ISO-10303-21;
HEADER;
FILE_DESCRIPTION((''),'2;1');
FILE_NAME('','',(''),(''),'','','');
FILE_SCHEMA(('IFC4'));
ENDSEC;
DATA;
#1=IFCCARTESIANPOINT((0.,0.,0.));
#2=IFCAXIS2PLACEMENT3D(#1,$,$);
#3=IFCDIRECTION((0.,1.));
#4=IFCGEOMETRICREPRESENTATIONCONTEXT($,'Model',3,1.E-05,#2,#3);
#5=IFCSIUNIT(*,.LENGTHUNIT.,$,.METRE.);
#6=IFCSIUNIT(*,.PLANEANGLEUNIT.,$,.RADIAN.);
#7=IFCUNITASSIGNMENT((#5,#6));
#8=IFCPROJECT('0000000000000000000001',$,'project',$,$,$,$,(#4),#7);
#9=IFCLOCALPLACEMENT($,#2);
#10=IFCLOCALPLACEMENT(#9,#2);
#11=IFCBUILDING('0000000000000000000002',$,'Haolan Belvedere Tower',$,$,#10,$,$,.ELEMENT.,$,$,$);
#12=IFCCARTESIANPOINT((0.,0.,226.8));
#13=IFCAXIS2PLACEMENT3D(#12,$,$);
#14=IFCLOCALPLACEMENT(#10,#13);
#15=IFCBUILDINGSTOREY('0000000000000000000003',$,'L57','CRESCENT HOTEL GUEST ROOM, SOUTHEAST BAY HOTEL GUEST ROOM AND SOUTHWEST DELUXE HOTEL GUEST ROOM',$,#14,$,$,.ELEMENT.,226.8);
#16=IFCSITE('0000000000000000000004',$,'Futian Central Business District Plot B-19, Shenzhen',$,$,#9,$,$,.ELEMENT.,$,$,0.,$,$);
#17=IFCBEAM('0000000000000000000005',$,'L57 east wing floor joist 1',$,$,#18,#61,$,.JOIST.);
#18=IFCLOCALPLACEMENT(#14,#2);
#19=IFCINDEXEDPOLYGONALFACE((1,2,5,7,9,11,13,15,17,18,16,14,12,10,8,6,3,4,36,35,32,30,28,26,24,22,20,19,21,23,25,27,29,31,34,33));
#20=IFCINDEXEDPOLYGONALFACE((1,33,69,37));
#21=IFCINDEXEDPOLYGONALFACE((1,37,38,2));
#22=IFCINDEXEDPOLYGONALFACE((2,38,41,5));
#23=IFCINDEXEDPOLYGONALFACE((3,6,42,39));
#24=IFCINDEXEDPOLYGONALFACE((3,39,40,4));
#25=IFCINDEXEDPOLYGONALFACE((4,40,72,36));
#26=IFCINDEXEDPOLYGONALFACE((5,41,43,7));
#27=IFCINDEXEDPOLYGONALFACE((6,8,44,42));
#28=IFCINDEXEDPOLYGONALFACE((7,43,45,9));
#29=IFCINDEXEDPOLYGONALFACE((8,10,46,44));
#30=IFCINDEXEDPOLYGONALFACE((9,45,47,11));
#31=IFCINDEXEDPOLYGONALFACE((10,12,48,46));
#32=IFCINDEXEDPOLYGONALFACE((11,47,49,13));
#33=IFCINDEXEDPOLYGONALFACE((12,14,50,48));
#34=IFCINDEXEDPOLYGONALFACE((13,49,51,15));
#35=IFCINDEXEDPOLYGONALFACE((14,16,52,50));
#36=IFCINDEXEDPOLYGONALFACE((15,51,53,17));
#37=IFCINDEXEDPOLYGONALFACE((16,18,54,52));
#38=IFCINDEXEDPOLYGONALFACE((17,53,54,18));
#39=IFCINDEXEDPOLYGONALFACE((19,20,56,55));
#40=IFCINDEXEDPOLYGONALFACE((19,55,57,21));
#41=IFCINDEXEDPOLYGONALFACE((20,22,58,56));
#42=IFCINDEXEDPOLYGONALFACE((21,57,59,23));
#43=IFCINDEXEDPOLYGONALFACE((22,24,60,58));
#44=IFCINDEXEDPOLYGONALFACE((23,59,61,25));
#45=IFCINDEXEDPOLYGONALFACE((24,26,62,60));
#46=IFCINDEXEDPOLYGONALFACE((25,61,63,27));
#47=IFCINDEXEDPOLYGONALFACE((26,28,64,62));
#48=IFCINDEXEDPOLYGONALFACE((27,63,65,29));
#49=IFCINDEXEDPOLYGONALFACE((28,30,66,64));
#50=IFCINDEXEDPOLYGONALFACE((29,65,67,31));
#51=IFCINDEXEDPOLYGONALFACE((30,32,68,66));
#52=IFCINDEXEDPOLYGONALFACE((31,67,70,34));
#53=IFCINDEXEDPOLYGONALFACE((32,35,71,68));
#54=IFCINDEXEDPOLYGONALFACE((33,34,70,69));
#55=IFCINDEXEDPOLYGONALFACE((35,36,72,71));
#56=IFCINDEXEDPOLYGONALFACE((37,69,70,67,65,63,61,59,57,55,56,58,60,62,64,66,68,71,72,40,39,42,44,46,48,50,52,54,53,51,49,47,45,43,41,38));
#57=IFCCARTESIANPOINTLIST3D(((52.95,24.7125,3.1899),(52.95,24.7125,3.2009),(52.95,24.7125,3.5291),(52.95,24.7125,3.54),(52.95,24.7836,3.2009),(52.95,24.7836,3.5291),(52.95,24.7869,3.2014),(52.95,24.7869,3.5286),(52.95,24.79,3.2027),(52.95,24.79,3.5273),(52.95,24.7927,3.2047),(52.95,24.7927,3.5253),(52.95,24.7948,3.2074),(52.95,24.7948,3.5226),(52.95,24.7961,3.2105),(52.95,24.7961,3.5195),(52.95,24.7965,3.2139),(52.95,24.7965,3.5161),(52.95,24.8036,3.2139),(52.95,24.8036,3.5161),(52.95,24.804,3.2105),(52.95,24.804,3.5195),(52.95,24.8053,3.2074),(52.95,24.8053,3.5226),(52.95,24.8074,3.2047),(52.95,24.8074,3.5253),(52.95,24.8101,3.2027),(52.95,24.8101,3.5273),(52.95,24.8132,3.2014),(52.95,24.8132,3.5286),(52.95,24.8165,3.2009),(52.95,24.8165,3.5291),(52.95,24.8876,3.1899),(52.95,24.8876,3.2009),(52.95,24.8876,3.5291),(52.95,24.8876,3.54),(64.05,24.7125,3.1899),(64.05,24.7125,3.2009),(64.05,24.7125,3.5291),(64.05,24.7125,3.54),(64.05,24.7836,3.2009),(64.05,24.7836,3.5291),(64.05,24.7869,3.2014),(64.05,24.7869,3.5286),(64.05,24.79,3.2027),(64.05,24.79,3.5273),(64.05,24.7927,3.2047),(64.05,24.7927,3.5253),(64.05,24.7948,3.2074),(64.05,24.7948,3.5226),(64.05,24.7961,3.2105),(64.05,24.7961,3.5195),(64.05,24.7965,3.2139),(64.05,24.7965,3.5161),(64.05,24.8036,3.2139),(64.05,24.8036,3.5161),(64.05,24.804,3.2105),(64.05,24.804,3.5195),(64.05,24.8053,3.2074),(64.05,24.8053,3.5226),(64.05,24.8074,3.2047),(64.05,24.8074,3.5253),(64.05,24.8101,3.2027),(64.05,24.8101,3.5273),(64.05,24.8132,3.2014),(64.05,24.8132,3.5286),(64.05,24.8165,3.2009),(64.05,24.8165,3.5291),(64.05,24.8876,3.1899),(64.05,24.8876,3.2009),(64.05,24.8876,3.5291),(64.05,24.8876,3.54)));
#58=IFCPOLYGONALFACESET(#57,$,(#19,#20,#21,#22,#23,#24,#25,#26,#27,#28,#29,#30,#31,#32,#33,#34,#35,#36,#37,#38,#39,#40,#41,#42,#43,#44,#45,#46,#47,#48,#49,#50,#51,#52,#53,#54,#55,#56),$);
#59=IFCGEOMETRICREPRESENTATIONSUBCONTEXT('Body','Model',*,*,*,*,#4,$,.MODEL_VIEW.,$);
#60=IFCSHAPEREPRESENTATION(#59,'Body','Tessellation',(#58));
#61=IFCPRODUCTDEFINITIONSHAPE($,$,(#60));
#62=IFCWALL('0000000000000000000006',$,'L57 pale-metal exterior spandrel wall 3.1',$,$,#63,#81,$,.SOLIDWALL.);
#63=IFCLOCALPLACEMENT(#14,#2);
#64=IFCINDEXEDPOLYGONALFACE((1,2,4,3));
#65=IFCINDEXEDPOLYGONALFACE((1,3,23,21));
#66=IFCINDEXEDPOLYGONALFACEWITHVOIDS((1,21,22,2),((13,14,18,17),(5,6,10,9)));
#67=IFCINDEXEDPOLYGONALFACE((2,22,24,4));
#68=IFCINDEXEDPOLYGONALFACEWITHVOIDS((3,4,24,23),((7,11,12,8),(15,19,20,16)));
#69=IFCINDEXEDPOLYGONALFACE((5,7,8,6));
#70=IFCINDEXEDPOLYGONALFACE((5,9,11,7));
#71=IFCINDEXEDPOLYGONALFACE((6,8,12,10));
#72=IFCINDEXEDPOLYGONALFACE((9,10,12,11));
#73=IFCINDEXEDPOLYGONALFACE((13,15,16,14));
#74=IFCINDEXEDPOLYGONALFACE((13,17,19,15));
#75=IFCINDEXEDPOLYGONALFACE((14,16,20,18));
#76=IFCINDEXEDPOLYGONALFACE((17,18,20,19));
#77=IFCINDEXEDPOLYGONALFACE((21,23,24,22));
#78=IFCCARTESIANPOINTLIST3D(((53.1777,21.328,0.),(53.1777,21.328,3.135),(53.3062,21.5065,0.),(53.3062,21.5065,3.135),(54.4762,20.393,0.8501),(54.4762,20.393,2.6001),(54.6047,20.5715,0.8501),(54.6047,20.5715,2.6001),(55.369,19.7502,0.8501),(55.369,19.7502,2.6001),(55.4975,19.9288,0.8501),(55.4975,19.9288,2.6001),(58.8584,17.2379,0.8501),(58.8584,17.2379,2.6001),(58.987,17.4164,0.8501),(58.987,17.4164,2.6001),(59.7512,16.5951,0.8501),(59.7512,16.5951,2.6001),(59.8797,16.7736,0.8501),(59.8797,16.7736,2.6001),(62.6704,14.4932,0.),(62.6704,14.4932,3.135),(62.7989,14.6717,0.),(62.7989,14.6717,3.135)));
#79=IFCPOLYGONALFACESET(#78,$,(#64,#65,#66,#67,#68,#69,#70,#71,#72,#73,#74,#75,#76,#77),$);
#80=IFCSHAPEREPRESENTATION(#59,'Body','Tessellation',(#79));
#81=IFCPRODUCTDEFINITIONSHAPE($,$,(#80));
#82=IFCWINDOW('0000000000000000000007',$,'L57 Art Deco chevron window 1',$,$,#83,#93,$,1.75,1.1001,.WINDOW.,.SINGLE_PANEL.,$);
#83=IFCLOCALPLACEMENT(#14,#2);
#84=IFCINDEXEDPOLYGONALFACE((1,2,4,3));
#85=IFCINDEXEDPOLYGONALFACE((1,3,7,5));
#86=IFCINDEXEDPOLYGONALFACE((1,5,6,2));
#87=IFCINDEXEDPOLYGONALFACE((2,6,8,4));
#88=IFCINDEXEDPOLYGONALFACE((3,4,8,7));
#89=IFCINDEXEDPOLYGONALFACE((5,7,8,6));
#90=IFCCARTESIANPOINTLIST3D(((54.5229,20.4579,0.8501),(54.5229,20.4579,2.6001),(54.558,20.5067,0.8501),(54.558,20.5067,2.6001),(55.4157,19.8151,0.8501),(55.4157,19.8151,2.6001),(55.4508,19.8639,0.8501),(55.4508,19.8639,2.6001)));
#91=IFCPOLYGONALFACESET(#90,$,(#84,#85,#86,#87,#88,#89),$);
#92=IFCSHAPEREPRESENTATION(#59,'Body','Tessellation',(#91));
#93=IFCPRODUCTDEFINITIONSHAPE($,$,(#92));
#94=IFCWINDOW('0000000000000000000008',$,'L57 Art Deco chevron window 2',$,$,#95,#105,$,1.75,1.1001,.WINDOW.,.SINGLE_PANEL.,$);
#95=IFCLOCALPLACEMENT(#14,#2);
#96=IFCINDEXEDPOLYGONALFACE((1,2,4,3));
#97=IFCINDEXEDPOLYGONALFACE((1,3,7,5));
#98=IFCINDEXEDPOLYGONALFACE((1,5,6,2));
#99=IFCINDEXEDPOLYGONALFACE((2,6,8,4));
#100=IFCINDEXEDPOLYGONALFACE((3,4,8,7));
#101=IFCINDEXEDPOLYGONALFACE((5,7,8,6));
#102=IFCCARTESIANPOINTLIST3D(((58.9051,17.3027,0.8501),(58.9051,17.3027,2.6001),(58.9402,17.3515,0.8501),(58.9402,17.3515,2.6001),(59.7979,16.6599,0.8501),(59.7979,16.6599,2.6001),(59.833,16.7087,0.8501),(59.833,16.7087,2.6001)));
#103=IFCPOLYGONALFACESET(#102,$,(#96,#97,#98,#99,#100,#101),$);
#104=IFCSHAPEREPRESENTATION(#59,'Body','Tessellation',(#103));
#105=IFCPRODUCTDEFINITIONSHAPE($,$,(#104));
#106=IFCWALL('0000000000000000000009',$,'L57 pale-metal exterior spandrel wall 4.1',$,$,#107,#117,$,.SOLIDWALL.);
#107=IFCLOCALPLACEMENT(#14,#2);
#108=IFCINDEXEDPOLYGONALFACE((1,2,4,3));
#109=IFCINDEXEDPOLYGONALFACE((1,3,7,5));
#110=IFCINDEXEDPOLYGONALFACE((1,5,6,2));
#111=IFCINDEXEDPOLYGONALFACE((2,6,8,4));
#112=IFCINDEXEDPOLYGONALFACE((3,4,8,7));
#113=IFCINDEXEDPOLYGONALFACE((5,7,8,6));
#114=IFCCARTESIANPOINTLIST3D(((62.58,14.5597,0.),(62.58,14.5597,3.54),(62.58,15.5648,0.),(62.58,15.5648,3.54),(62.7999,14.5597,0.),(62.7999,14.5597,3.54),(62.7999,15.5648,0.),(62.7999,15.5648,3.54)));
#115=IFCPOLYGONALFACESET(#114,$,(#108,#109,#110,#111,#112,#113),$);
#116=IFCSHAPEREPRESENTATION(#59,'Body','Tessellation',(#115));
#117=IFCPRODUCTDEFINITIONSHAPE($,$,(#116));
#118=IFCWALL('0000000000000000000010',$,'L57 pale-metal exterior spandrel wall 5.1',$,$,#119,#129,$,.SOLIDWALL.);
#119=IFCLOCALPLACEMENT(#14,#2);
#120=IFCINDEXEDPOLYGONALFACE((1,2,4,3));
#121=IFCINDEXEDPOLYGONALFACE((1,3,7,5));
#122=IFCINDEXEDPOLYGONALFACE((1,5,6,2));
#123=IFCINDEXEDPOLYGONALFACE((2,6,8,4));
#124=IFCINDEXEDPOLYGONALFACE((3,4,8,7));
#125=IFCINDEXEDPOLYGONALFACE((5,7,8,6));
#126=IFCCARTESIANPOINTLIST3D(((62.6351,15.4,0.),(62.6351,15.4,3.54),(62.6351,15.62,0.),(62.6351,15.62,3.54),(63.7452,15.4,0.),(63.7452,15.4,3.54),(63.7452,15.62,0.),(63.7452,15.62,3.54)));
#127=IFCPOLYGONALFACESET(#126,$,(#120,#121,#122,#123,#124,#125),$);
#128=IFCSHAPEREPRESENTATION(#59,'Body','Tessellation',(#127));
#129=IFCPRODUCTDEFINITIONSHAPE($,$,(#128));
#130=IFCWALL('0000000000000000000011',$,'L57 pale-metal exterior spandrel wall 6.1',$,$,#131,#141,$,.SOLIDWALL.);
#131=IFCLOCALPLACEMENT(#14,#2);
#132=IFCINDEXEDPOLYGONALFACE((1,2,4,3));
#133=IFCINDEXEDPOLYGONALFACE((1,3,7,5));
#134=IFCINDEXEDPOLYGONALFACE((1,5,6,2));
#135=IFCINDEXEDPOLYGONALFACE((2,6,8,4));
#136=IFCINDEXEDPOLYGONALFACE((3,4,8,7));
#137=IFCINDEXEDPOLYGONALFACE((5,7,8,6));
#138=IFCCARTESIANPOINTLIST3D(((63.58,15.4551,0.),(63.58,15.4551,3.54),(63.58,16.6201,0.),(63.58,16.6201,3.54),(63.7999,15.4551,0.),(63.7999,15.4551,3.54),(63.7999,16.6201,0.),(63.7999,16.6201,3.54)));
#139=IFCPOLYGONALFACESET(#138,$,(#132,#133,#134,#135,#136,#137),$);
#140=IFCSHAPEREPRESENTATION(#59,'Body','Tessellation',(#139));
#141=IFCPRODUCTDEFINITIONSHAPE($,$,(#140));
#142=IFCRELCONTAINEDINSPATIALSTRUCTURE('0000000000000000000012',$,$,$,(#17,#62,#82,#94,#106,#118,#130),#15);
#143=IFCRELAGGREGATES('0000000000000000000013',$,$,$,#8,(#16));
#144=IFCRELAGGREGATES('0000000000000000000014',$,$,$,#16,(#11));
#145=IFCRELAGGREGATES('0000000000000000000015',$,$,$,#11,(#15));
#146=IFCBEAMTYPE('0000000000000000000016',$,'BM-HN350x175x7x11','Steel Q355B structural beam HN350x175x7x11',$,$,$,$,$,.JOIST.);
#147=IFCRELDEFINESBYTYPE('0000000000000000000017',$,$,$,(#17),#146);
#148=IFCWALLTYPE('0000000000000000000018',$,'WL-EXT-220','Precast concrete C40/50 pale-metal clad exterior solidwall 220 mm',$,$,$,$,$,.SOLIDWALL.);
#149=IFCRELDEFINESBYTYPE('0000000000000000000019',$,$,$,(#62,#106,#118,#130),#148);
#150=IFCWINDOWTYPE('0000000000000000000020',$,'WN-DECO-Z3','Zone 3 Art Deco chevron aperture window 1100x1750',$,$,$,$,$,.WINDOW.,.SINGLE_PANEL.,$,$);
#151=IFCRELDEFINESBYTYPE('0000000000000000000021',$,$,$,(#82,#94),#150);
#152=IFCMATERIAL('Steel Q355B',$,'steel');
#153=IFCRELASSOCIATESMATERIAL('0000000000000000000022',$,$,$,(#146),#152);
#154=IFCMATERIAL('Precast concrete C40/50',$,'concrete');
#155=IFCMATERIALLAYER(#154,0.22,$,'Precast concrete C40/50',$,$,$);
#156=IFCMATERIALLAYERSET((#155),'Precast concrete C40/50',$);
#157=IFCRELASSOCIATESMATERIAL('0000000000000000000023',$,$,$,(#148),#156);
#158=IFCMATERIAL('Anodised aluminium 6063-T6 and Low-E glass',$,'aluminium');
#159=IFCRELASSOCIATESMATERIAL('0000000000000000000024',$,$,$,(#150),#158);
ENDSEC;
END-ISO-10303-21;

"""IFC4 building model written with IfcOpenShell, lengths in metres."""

from ifc_helpers import new_model, si_unit, direction, frame, frame_2d, origin, origin_2d, place, context, subcontext, project, spatial, rectangle, i_section, extrude, material, layer, layer_set, material_profile, profile_set, type_object, element, fill, save


model = new_model("IFC4")

# Units and contexts
model_context = context("Model", 3, precision=1e-05, world=origin(), true_north=direction((0.0, 1.0)))
body_context = subcontext(model_context, "Body", "Model", "MODEL_VIEW")
ifc_project = project(units=[si_unit("LENGTHUNIT", "METRE"), si_unit("PLANEANGLEUNIT", "RADIAN")], contexts=[model_context])

# Site, building, storey
site_placement = place(None, origin())
site = spatial("IfcSite", under=ifc_project, at=site_placement, Name="Futian Central Business District Plot B-19, Shenzhen", CompositionType="ELEMENT", RefElevation=0.0)
building_placement = place(site_placement, origin())
building = spatial("IfcBuilding", under=site, at=building_placement, Name="Haolan Belvedere Tower", CompositionType="ELEMENT")
storey_placement = place(building_placement, frame((0.0, 0.0, 226.8)))
storey = spatial("IfcBuildingStorey", under=building, at=storey_placement, Name="L57", Description="CRESCENT HOTEL GUEST ROOM, SOUTHEAST BAY HOTEL GUEST ROOM AND SOUTHWEST DELUXE HOTEL GUEST ROOM", CompositionType="ELEMENT", Elevation=226.8)

# Beam
ifc_material_1 = material(Name="Steel Q355B", Category="steel")
ifc_material_profile_1 = material_profile(ifc_material_1, i_section(OverallWidth=0.175, OverallDepth=0.3501, WebThickness=0.0071, FlangeThickness=0.011, FilletRadius=0.0129, at=origin_2d()), Name="Steel Q355B")
ifc_profile_set_1 = profile_set([ifc_material_profile_1], Name="Steel Q355B")
beam_type_1 = type_object("IfcBeamType", Name="BM-HN350x175x7x11", Description="Steel Q355B structural beam HN350x175x7x11", PredefinedType="JOIST", material=ifc_profile_set_1)
beam_1_placement = place(storey_placement, frame((52.95, 24.8, 3.365), z_axis=(1.0, 0.0, 0.0), x_axis=(0.0, 1.0, 0.0)))
element("IfcBeam", 1, at=beam_1_placement, inside=storey, type_object=beam_type_1, Name="L57 east wing floor joist 1", PredefinedType="JOIST", context=body_context, shape_type="SweptSolid", body=[
    extrude(i_section(OverallWidth=0.175, OverallDepth=0.3501, WebThickness=0.0071, FlangeThickness=0.011, FilletRadius=0.0129, at=origin_2d()), origin(), (0.0, 0.0, 1.0), 11.1001),
])

# Wall, openings, windows
ifc_material_2 = material(Name="Precast concrete C40/50", Category="concrete")
ifc_layer_1 = layer(ifc_material_2, 0.22, Name="Precast concrete C40/50")
ifc_layer_set_1 = layer_set([ifc_layer_1], Name="Precast concrete C40/50")
wall_type_1 = type_object("IfcWallType", Name="WL-EXT-220", Description="Precast concrete C40/50 pale-metal clad exterior solidwall 220 mm", PredefinedType="SOLIDWALL", material=ifc_layer_set_1)
wall_1_placement = place(storey_placement, frame((53.2419, 21.4172, 0.0), z_axis=(0.0, 0.0, 1.0), x_axis=(0.811535, -0.584304, 0.0)))
wall_1 = element("IfcWall", 2, at=wall_1_placement, inside=storey, type_object=wall_type_1, Name="L57 pale-metal exterior spandrel wall 3.1", PredefinedType="SOLIDWALL", context=body_context, shape_type="SweptSolid", body=[
    extrude(rectangle(XDim=11.6973, YDim=0.22, at=frame_2d((5.8486, 0.0))), origin(), (0.0, 0.0, 1.0), 3.135),
])
opening_1_placement = place(wall_1_placement, frame((1.6001, 0.0, 0.8501)))
opening_1 = element("IfcOpeningElement", 3, at=opening_1_placement, cuts=wall_1, PredefinedType="OPENING", context=body_context, shape_type="SweptSolid", body=[
    extrude(rectangle(XDim=1.1001, YDim=1.75, at=frame_2d((0.55, 0.875))), frame((0.0, 0.1199, 0.0), z_axis=(0.0, -1.0, 0.0), x_axis=(1.0, 0.0, 0.0)), (0.0, 0.0, 1.0), 0.24),
])
opening_2_placement = place(wall_1_placement, frame((7.0, 0.0, 0.8501)))
opening_2 = element("IfcOpeningElement", 4, at=opening_2_placement, cuts=wall_1, PredefinedType="OPENING", context=body_context, shape_type="SweptSolid", body=[
    extrude(rectangle(XDim=1.1001, YDim=1.75, at=frame_2d((0.55, 0.875))), frame((0.0, 0.1199, 0.0), z_axis=(0.0, -1.0, 0.0), x_axis=(1.0, 0.0, 0.0)), (0.0, 0.0, 1.0), 0.24),
])
ifc_material_3 = material(Name="Anodised aluminium 6063-T6 and Low-E glass", Category="aluminium")
window_type = type_object("IfcWindowType", Name="WN-DECO-Z3", Description="Zone 3 Art Deco chevron aperture window 1100x1750", PartitioningType="SINGLE_PANEL", PredefinedType="WINDOW", material=ifc_material_3)
window_1_placement = place(opening_1_placement, origin())
window_1 = element("IfcWindow", 5, at=window_1_placement, inside=storey, type_object=window_type, Name="L57 Art Deco chevron window 1", OverallHeight=1.75, OverallWidth=1.1001, PartitioningType="SINGLE_PANEL", PredefinedType="WINDOW", context=body_context, shape_type="SweptSolid", body=[
    extrude(rectangle(XDim=1.1001, YDim=1.75, at=frame_2d((0.55, 0.875))), frame((0.0, 0.03, 0.0), z_axis=(0.0, -1.0, 0.0), x_axis=(1.0, 0.0, 0.0)), (0.0, 0.0, 1.0), 0.0601),
])
fill(opening_1, window_1)
window_2_placement = place(opening_2_placement, origin())
window_2 = element("IfcWindow", 6, at=window_2_placement, inside=storey, type_object=window_type, Name="L57 Art Deco chevron window 2", OverallHeight=1.75, OverallWidth=1.1001, PartitioningType="SINGLE_PANEL", PredefinedType="WINDOW", context=body_context, shape_type="SweptSolid", body=[
    extrude(rectangle(XDim=1.1001, YDim=1.75, at=frame_2d((0.55, 0.875))), frame((0.0, 0.03, 0.0), z_axis=(0.0, -1.0, 0.0), x_axis=(1.0, 0.0, 0.0)), (0.0, 0.0, 1.0), 0.0601),
])
fill(opening_2, window_2)

# Walls
wall_2_placement = place(storey_placement, frame((62.6899, 14.5598, 0.0), z_axis=(0.0, 0.0, 1.0), x_axis=(0.0, 1.0, 0.0)))
element("IfcWall", 7, at=wall_2_placement, inside=storey, type_object=wall_type_1, Name="L57 pale-metal exterior spandrel wall 4.1", PredefinedType="SOLIDWALL", context=body_context, shape_type="SweptSolid", body=[
    extrude(rectangle(XDim=1.0051, YDim=0.22, at=frame_2d((0.5024, 0.0))), origin(), (0.0, 0.0, 1.0), 3.54),
])
wall_3_placement = place(storey_placement, frame((62.635, 15.51, 0.0), z_axis=(0.0, 0.0, 1.0), x_axis=(1.0, 0.0, 0.0)))
element("IfcWall", 8, at=wall_3_placement, inside=storey, type_object=wall_type_1, Name="L57 pale-metal exterior spandrel wall 5.1", PredefinedType="SOLIDWALL", context=body_context, shape_type="SweptSolid", body=[
    extrude(rectangle(XDim=1.1101, YDim=0.22, at=frame_2d((0.5552, 0.0))), origin(), (0.0, 0.0, 1.0), 3.54),
])
wall_4_placement = place(storey_placement, frame((63.6899, 15.4551, 0.0), z_axis=(0.0, 0.0, 1.0), x_axis=(0.0, 1.0, 0.0)))
element("IfcWall", 9, at=wall_4_placement, inside=storey, type_object=wall_type_1, Name="L57 pale-metal exterior spandrel wall 6.1", PredefinedType="SOLIDWALL", context=body_context, shape_type="SweptSolid", body=[
    extrude(rectangle(XDim=1.165, YDim=0.22, at=frame_2d((0.5825, 0.0))), origin(), (0.0, 0.0, 1.0), 3.54),
])

save(model, "model.ifc")
